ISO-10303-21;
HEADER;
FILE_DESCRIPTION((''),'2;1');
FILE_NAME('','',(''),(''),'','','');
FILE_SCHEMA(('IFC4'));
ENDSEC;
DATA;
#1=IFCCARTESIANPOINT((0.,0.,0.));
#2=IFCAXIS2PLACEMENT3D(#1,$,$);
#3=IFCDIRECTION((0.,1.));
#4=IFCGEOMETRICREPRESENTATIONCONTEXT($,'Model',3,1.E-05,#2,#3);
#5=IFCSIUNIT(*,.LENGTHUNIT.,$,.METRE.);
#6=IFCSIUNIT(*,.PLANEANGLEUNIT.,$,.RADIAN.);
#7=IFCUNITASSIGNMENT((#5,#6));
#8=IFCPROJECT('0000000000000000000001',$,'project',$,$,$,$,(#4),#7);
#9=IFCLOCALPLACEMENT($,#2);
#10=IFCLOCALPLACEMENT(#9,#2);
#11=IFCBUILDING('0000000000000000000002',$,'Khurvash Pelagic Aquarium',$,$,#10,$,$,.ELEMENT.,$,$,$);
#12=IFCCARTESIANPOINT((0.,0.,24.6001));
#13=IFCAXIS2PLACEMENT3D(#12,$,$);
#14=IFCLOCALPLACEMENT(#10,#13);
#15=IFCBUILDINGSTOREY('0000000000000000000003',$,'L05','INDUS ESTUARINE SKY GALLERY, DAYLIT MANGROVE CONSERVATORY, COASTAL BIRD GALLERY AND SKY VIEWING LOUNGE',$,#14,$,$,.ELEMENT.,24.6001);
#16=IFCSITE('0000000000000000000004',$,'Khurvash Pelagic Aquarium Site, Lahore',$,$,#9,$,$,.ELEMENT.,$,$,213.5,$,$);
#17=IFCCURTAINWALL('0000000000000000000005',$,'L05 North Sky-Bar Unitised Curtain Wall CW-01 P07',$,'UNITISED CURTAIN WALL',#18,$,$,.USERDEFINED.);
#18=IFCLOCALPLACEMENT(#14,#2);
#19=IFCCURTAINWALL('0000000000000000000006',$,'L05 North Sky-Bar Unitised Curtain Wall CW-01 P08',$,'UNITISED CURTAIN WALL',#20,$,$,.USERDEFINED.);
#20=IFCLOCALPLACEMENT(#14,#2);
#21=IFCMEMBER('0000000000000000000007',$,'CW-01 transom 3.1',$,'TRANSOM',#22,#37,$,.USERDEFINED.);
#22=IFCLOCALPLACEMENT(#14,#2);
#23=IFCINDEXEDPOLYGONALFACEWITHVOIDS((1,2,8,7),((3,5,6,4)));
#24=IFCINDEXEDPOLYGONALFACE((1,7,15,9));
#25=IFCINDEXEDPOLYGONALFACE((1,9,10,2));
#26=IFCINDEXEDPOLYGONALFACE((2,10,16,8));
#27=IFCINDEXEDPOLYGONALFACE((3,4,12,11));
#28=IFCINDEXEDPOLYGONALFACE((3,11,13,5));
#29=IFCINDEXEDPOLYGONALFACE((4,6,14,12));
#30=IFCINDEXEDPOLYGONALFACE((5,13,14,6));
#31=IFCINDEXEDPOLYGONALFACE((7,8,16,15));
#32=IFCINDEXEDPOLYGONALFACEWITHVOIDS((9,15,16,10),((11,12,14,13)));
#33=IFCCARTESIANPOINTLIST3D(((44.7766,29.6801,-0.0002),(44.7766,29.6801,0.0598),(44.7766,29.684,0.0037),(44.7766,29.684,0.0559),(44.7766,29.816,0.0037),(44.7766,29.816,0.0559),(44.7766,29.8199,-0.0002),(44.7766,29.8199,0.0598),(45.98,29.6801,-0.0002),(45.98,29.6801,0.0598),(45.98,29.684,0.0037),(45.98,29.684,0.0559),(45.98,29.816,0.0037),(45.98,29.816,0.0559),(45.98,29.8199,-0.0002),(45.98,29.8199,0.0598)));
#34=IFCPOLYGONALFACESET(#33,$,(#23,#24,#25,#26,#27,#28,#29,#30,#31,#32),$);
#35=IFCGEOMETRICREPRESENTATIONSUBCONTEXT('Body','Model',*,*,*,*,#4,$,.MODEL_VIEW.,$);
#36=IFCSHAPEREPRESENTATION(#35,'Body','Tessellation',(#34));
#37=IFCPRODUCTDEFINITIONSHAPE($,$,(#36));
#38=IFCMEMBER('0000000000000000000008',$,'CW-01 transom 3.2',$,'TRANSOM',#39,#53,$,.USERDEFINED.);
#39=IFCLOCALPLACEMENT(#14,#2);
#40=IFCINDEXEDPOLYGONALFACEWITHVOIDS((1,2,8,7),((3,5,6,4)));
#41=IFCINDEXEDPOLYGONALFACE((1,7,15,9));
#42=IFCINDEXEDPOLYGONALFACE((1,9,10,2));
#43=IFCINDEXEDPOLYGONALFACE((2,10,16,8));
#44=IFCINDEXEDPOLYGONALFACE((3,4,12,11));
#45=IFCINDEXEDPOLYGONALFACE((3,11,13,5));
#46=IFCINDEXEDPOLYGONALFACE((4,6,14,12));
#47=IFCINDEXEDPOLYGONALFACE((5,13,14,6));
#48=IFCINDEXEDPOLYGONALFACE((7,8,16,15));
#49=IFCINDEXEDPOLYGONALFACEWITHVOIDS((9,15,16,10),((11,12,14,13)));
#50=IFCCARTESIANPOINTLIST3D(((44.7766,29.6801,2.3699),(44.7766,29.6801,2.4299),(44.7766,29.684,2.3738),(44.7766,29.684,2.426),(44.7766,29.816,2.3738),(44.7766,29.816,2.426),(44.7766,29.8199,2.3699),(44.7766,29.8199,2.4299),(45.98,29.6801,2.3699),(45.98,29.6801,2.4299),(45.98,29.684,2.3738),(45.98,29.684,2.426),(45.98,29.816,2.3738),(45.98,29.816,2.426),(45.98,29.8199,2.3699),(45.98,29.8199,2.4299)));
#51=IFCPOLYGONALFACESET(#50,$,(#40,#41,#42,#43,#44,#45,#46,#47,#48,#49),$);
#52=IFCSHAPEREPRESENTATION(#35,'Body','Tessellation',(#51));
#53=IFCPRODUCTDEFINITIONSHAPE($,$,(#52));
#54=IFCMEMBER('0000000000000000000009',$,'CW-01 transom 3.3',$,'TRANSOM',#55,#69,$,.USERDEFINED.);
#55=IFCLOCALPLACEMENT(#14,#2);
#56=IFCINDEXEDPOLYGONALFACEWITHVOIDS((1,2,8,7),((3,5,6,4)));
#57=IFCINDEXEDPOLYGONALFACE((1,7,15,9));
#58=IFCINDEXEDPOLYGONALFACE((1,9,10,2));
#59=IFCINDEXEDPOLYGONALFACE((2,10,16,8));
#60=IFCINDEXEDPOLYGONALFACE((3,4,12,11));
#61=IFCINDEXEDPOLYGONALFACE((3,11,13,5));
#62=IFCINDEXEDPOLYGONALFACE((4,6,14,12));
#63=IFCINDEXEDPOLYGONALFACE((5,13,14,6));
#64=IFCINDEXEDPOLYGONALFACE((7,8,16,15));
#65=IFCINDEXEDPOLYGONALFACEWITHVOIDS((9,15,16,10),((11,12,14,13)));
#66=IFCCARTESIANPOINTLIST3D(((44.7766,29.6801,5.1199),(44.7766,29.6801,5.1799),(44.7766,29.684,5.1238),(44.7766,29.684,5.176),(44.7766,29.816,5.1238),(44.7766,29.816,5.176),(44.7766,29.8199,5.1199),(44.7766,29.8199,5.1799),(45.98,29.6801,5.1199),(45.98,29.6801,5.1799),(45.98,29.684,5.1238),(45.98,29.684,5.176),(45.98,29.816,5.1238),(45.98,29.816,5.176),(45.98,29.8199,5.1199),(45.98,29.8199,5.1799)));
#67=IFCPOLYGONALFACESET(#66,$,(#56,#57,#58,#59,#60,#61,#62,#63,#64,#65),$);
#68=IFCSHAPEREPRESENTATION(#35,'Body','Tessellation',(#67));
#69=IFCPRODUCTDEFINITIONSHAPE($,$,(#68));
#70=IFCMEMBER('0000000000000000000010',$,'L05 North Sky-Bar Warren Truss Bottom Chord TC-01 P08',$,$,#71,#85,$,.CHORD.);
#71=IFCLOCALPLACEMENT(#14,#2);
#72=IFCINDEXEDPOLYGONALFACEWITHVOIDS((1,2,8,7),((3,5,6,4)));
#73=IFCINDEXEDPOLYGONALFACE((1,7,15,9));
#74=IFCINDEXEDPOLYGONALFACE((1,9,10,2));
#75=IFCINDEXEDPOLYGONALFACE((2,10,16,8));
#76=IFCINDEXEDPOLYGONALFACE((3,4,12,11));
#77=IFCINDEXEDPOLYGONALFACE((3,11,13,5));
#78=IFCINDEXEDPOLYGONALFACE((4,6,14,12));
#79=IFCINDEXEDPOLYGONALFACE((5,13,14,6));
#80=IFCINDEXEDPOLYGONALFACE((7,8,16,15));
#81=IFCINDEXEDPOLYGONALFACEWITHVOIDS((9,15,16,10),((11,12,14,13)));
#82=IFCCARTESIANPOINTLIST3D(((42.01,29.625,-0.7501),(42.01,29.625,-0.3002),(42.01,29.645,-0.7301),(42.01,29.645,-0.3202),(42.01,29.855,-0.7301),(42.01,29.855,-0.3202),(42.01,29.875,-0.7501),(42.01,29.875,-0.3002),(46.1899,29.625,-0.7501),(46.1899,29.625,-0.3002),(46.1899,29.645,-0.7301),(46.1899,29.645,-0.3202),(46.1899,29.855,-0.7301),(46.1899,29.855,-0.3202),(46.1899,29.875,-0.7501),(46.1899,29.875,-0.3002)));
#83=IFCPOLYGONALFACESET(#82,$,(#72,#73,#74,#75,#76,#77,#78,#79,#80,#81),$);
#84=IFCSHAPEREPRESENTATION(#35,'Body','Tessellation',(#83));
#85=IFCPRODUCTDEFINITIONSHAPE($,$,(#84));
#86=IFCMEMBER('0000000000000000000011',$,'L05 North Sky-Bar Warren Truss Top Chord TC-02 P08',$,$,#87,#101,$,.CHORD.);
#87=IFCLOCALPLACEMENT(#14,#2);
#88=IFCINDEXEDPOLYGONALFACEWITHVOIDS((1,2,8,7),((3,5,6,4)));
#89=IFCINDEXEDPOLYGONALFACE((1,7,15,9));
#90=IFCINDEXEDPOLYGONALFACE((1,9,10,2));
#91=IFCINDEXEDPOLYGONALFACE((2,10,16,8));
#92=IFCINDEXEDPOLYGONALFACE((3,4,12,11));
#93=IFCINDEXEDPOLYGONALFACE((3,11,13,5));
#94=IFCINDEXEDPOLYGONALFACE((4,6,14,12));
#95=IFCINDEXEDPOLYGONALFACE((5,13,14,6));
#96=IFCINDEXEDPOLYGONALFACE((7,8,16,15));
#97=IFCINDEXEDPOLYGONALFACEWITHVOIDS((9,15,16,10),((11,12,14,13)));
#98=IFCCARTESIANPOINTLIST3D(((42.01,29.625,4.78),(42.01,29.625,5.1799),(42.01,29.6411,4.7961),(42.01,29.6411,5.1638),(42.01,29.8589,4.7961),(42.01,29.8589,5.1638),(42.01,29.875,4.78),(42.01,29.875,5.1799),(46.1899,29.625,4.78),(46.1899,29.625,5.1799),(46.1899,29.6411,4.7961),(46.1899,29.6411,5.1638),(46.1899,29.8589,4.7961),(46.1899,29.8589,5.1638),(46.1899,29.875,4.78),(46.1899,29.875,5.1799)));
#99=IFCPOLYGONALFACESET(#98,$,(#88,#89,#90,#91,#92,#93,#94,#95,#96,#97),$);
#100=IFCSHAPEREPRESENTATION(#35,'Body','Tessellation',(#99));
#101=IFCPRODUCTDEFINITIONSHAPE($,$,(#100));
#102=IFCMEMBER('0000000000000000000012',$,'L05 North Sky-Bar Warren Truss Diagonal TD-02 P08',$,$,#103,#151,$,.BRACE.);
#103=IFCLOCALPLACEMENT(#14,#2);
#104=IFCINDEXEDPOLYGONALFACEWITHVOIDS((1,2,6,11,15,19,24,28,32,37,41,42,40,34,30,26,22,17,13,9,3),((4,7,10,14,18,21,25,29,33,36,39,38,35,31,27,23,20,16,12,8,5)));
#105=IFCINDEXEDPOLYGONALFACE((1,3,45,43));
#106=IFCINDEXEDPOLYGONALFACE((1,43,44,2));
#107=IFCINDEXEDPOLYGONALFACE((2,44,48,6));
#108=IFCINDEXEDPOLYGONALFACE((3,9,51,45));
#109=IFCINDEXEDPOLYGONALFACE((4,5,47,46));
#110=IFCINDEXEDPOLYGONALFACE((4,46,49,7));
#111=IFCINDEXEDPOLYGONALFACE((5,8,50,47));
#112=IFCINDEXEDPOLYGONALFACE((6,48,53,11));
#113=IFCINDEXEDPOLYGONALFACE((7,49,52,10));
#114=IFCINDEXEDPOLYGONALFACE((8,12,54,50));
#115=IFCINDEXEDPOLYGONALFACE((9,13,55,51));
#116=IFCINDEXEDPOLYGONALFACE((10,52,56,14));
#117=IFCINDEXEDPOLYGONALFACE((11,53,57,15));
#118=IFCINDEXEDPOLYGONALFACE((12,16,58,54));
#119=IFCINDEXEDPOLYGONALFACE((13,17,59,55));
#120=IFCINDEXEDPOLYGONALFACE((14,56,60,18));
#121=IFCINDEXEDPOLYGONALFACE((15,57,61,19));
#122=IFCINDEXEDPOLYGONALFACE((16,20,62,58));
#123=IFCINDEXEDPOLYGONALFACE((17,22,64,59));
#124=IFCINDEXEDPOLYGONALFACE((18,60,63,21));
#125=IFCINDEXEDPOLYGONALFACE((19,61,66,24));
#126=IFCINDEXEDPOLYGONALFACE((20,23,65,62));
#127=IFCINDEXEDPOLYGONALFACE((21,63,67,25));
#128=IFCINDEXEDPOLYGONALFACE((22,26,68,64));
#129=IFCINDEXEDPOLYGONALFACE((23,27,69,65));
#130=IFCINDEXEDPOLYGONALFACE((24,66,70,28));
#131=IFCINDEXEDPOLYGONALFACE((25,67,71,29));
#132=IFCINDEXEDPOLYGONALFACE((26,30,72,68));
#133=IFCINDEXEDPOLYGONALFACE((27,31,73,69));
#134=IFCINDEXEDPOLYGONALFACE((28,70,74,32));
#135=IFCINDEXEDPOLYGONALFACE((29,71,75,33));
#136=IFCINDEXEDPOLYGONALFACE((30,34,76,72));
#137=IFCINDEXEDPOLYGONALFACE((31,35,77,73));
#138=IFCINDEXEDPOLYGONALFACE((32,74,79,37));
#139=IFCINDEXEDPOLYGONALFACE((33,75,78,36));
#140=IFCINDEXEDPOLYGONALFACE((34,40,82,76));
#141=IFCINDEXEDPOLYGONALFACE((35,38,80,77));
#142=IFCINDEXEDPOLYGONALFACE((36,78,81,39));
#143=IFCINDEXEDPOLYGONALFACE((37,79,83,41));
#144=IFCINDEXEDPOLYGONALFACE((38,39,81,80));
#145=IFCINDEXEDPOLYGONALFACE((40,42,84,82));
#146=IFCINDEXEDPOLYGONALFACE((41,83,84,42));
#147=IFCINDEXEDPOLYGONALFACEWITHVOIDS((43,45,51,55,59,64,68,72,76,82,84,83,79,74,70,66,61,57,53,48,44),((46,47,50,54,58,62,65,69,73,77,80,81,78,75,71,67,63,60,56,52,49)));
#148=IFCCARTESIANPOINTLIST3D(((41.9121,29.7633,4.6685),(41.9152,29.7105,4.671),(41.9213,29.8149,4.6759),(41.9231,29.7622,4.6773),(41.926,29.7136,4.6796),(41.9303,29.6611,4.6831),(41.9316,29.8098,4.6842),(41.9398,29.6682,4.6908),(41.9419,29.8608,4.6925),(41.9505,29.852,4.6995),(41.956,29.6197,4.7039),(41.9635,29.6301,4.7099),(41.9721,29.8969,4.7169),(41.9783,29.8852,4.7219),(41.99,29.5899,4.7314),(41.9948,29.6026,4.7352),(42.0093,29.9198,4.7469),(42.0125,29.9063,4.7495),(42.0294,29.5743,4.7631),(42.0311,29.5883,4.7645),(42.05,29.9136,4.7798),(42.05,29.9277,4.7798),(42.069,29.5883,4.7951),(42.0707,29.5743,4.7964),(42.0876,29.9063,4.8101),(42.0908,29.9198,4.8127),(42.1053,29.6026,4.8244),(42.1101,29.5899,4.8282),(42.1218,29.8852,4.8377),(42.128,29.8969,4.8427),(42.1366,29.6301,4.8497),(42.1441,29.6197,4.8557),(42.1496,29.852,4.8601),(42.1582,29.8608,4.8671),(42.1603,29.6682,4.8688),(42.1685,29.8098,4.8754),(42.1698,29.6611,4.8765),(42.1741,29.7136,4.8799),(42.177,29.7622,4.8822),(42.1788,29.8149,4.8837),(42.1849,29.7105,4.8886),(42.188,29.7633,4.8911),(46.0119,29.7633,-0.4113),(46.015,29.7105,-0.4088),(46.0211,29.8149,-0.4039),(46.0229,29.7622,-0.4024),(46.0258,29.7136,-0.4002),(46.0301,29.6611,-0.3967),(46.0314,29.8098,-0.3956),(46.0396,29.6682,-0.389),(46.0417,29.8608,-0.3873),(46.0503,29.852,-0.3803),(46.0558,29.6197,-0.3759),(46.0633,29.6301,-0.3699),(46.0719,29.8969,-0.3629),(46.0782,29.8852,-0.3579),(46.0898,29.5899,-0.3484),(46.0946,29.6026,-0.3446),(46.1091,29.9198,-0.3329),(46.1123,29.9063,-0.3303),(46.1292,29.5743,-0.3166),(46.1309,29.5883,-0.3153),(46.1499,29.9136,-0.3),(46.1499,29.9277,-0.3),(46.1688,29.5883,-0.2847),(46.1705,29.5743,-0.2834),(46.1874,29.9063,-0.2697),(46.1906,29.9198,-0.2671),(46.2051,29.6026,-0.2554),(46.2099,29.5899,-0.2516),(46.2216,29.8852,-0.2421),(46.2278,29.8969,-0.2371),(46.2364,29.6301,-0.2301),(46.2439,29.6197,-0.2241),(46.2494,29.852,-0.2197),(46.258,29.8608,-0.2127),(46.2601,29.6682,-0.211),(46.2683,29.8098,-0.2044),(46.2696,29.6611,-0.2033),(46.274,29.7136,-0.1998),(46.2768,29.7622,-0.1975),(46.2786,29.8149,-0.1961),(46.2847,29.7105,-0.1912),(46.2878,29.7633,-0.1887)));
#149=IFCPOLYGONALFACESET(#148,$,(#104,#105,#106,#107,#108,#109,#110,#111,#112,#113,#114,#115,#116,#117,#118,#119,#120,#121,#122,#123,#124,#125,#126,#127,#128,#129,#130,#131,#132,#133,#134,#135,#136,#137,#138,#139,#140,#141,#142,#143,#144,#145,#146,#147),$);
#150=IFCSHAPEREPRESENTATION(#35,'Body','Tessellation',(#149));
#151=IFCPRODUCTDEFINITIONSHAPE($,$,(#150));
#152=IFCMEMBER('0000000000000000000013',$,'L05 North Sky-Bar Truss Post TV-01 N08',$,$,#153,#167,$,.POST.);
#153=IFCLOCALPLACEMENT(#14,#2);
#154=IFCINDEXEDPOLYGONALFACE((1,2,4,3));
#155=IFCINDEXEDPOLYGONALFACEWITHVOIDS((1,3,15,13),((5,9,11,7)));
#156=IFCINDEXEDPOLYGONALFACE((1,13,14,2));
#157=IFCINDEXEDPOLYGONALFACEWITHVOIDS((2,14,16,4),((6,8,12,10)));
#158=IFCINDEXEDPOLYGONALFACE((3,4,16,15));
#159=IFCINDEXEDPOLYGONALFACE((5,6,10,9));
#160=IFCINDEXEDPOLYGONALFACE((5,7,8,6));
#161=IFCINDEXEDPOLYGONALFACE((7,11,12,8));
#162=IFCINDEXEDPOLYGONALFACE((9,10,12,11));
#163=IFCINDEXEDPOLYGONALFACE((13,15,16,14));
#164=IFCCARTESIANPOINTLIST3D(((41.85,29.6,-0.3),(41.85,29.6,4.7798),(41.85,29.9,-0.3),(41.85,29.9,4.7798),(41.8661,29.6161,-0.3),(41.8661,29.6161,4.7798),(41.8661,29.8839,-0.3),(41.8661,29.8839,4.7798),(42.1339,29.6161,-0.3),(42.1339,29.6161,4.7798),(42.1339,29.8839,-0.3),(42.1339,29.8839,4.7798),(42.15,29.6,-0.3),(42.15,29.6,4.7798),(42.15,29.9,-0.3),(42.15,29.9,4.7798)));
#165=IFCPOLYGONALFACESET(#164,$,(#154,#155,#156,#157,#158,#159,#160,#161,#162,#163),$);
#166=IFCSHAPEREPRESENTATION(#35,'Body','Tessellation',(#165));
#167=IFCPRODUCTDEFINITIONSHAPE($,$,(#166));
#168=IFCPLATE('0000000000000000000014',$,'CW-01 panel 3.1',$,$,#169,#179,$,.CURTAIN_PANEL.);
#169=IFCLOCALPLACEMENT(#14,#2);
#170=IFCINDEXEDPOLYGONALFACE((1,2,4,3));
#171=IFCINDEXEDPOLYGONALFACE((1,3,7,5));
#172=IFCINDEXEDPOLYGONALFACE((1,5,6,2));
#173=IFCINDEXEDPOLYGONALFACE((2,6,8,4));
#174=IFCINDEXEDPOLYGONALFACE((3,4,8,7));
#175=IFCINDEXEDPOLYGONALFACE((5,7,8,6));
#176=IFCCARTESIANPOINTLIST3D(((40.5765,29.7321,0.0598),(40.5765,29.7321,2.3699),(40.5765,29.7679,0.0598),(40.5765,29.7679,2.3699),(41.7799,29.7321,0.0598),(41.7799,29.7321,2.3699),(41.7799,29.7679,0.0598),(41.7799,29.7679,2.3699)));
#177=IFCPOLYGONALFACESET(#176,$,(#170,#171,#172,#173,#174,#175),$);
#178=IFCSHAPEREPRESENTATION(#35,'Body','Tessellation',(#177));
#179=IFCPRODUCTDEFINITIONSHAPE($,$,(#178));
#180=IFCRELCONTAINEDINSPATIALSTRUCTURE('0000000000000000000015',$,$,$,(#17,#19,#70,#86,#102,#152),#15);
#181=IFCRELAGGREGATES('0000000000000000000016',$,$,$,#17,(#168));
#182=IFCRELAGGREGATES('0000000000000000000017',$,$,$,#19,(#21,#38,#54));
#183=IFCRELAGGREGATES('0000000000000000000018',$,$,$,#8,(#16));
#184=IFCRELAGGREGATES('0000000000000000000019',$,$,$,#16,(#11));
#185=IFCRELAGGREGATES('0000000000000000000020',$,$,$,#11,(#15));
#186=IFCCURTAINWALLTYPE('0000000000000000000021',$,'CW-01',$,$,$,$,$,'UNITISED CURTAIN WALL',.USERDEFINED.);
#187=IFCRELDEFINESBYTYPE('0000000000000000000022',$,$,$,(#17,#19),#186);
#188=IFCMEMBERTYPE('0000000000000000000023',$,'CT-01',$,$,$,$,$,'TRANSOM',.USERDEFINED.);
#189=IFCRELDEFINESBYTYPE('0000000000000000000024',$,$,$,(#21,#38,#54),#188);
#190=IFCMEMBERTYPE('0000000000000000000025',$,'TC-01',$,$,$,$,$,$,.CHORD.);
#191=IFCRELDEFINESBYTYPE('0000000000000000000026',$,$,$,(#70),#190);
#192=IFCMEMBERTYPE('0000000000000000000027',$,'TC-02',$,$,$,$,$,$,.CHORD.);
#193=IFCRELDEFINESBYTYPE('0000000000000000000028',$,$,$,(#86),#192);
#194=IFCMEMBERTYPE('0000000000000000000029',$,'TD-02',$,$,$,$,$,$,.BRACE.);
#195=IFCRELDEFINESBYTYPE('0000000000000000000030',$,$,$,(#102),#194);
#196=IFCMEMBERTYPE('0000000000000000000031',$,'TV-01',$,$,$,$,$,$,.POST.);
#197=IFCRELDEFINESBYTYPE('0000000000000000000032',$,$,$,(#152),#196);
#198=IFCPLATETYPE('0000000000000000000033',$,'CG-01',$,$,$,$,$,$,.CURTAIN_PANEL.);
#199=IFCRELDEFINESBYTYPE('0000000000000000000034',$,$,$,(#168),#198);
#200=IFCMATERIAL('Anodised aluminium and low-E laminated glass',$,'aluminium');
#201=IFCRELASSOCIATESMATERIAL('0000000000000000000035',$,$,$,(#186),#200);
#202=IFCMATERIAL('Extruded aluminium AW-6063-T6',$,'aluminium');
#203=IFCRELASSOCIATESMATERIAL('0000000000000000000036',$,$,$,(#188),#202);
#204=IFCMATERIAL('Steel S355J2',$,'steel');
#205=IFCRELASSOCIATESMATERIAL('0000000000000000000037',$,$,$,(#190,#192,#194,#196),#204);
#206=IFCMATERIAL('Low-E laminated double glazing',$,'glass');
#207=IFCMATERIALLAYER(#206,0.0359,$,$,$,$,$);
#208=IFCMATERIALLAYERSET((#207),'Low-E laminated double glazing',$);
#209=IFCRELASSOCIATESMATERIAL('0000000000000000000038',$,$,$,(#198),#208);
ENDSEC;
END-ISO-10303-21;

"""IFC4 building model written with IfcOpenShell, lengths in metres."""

from ifc_helpers import new_model, si_unit, direction, frame, origin, origin_2d, place, context, subcontext, project, spatial, rectangle, hollow_rectangle, hollow_circle, extrude, material, layer, layer_set, material_profile, profile_set, type_object, element, aggregate, save


model = new_model("IFC4")

# Units and contexts
model_context = context("Model", 3, precision=1e-05, world=origin(), true_north=direction((0.0, 1.0)))
body_context = subcontext(model_context, "Body", "Model", "MODEL_VIEW")
ifc_project = project(units=[si_unit("LENGTHUNIT", "METRE"), si_unit("PLANEANGLEUNIT", "RADIAN")], contexts=[model_context])

# Site, building, storey
site_placement = place(None, origin())
site = spatial("IfcSite", under=ifc_project, at=site_placement, Name="Khurvash Pelagic Aquarium Site, Lahore", CompositionType="ELEMENT", RefElevation=213.5)
building_placement = place(site_placement, origin())
building = spatial("IfcBuilding", under=site, at=building_placement, Name="Khurvash Pelagic Aquarium", CompositionType="ELEMENT")
storey_placement = place(building_placement, frame((0.0, 0.0, 24.6001)))
storey = spatial("IfcBuildingStorey", under=building, at=storey_placement, Name="L05", Description="INDUS ESTUARINE SKY GALLERY, DAYLIT MANGROVE CONSERVATORY, COASTAL BIRD GALLERY AND SKY VIEWING LOUNGE", CompositionType="ELEMENT", Elevation=24.6001)

# Curtain wall
ifc_material_1 = material(Name="Anodised aluminium and low-E laminated glass", Category="aluminium")
curtain_wall_type = type_object("IfcCurtainWallType", Name="CW-01", ElementType="UNITISED CURTAIN WALL", PredefinedType="USERDEFINED", material=ifc_material_1)
curtain_wall_1_placement = place(storey_placement, origin())
curtain_wall_1 = element("IfcCurtainWall", 1, at=curtain_wall_1_placement, inside=storey, type_object=curtain_wall_type, Name="L05 North Sky-Bar Unitised Curtain Wall CW-01 P07", ObjectType="UNITISED CURTAIN WALL", PredefinedType="USERDEFINED")
ifc_material_2 = material(Name="Extruded aluminium AW-6063-T6", Category="aluminium")

# Curtain wall
curtain_wall_2_placement = place(storey_placement, origin())
curtain_wall_2 = element("IfcCurtainWall", 2, at=curtain_wall_2_placement, inside=storey, type_object=curtain_wall_type, Name="L05 North Sky-Bar Unitised Curtain Wall CW-01 P08", ObjectType="UNITISED CURTAIN WALL", PredefinedType="USERDEFINED")

# Members
ifc_material_profile_1 = material_profile(ifc_material_2, hollow_rectangle(XDim=0.1399, YDim=0.0601, WallThickness=0.0039, at=origin_2d()), Name="CWT140X60X4")
ifc_profile_set_1 = profile_set([ifc_material_profile_1], Name="Extruded aluminium AW-6063-T6")
member_type_1 = type_object("IfcMemberType", Name="CT-01", ElementType="TRANSOM", PredefinedType="USERDEFINED", material=ifc_profile_set_1)
member_1_placement = place(storey_placement, frame((44.7766, 29.75, 0.0298), z_axis=(1.0, 0.0, 0.0), x_axis=(0.0, 1.0, 0.0)))
member_1 = element("IfcMember", 3, at=member_1_placement, type_object=member_type_1, Name="CW-01 transom 3.1", ObjectType="TRANSOM", PredefinedType="USERDEFINED", context=body_context, shape_type="SweptSolid", body=[
    extrude(hollow_rectangle(XDim=0.1399, YDim=0.0601, WallThickness=0.0039, at=origin_2d()), origin(), (0.0, 0.0, 1.0), 1.2034),
])
member_2_placement = place(storey_placement, frame((44.7766, 29.75, 2.3999), z_axis=(1.0, 0.0, 0.0), x_axis=(0.0, 1.0, 0.0)))
member_2 = element("IfcMember", 4, at=member_2_placement, type_object=member_type_1, Name="CW-01 transom 3.2", ObjectType="TRANSOM", PredefinedType="USERDEFINED", context=body_context, shape_type="SweptSolid", body=[
    extrude(hollow_rectangle(XDim=0.1399, YDim=0.0601, WallThickness=0.0039, at=origin_2d()), origin(), (0.0, 0.0, 1.0), 1.2034),
])
member_3_placement = place(storey_placement, frame((44.7766, 29.75, 5.1499), z_axis=(1.0, 0.0, 0.0), x_axis=(0.0, 1.0, 0.0)))
member_3 = element("IfcMember", 5, at=member_3_placement, type_object=member_type_1, Name="CW-01 transom 3.3", ObjectType="TRANSOM", PredefinedType="USERDEFINED", context=body_context, shape_type="SweptSolid", body=[
    extrude(hollow_rectangle(XDim=0.1399, YDim=0.0601, WallThickness=0.0039, at=origin_2d()), origin(), (0.0, 0.0, 1.0), 1.2034),
])

# Members
ifc_material_3 = material(Name="Steel S355J2", Category="steel")
ifc_material_profile_2 = material_profile(ifc_material_3, hollow_rectangle(XDim=0.25, YDim=0.45, WallThickness=0.02, at=origin_2d()), Name="RHS450X250X20")
ifc_profile_set_2 = profile_set([ifc_material_profile_2], Name="Steel S355J2")
member_type_2 = type_object("IfcMemberType", Name="TC-01", PredefinedType="CHORD", material=ifc_profile_set_2)
member_4_placement = place(storey_placement, frame((42.01, 29.75, -0.5251), z_axis=(1.0, 0.0, 0.0), x_axis=(0.0, 1.0, 0.0)))
element("IfcMember", 6, at=member_4_placement, inside=storey, type_object=member_type_2, Name="L05 North Sky-Bar Warren Truss Bottom Chord TC-01 P08", PredefinedType="CHORD", context=body_context, shape_type="SweptSolid", body=[
    extrude(hollow_rectangle(XDim=0.25, YDim=0.45, WallThickness=0.02, at=origin_2d()), origin(), (0.0, 0.0, 1.0), 4.1799),
])
ifc_material_profile_3 = material_profile(ifc_material_3, hollow_rectangle(XDim=0.25, YDim=0.3999, WallThickness=0.0161, at=origin_2d()), Name="RHS400X250X16")
ifc_profile_set_3 = profile_set([ifc_material_profile_3], Name="Steel S355J2")
member_type_3 = type_object("IfcMemberType", Name="TC-02", PredefinedType="CHORD", material=ifc_profile_set_3)
member_5_placement = place(storey_placement, frame((42.01, 29.75, 4.98), z_axis=(1.0, 0.0, 0.0), x_axis=(0.0, 1.0, 0.0)))
element("IfcMember", 7, at=member_5_placement, inside=storey, type_object=member_type_3, Name="L05 North Sky-Bar Warren Truss Top Chord TC-02 P08", PredefinedType="CHORD", context=body_context, shape_type="SweptSolid", body=[
    extrude(hollow_rectangle(XDim=0.25, YDim=0.3999, WallThickness=0.0161, at=origin_2d()), origin(), (0.0, 0.0, 1.0), 4.1799),
])
ifc_material_profile_4 = material_profile(ifc_material_3, hollow_circle(Radius=0.1777, WallThickness=0.0142, at=origin_2d()), Name="CHS355X14")
ifc_profile_set_4 = profile_set([ifc_material_profile_4], Name="Steel S355J2")
member_type_4 = type_object("IfcMemberType", Name="TD-02", PredefinedType="BRACE", material=ifc_profile_set_4)
member_6_placement = place(storey_placement, frame((42.05, 29.75, 4.7798), z_axis=(0.628051, 0.0, -0.778172), x_axis=(0.0, 1.0, 0.0)))
element("IfcMember", 8, at=member_6_placement, inside=storey, type_object=member_type_4, Name="L05 North Sky-Bar Warren Truss Diagonal TD-02 P08", PredefinedType="BRACE", context=body_context, shape_type="SweptSolid", body=[
    extrude(hollow_circle(Radius=0.1777, WallThickness=0.0142, at=origin_2d()), origin(), (0.0, 0.0, 1.0), 6.5278),
])
ifc_material_profile_5 = material_profile(ifc_material_3, hollow_rectangle(XDim=0.3, YDim=0.3, WallThickness=0.0161, at=origin_2d()), Name="SHS300X300X16")
ifc_profile_set_5 = profile_set([ifc_material_profile_5], Name="Steel S355J2")
member_type_5 = type_object("IfcMemberType", Name="TV-01", PredefinedType="POST", material=ifc_profile_set_5)
member_7_placement = place(storey_placement, frame((42.0, 29.75, -0.3), z_axis=(0.0, 0.0, 1.0), x_axis=(1.0, 0.0, 0.0)))
element("IfcMember", 9, at=member_7_placement, inside=storey, type_object=member_type_5, Name="L05 North Sky-Bar Truss Post TV-01 N08", PredefinedType="POST", context=body_context, shape_type="SweptSolid", body=[
    extrude(hollow_rectangle(XDim=0.3, YDim=0.3, WallThickness=0.0161, at=origin_2d()), origin(), (0.0, 0.0, 1.0), 5.0798),
])

# Plate
ifc_material_4 = material(Name="Low-E laminated double glazing", Category="glass")
ifc_layer = layer(ifc_material_4, 0.0359)
ifc_layer_set = layer_set([ifc_layer], Name="Low-E laminated double glazing")
plate_type = type_object("IfcPlateType", Name="CG-01", PredefinedType="CURTAIN_PANEL", material=ifc_layer_set)
plate_1_placement = place(storey_placement, frame((41.1782, 29.75, 0.0598), z_axis=(0.0, 0.0, 1.0), x_axis=(1.0, 0.0, 0.0)))
plate_1 = element("IfcPlate", 10, at=plate_1_placement, type_object=plate_type, Name="CW-01 panel 3.1", PredefinedType="CURTAIN_PANEL", context=body_context, shape_type="SweptSolid", body=[
    extrude(rectangle(XDim=1.2034, YDim=0.0359, at=origin_2d()), origin(), (0.0, 0.0, 1.0), 2.3101),
])
aggregate(curtain_wall_1, [plate_1])
aggregate(curtain_wall_2, [member_1, member_2, member_3])

save(model, "model.ifc")
